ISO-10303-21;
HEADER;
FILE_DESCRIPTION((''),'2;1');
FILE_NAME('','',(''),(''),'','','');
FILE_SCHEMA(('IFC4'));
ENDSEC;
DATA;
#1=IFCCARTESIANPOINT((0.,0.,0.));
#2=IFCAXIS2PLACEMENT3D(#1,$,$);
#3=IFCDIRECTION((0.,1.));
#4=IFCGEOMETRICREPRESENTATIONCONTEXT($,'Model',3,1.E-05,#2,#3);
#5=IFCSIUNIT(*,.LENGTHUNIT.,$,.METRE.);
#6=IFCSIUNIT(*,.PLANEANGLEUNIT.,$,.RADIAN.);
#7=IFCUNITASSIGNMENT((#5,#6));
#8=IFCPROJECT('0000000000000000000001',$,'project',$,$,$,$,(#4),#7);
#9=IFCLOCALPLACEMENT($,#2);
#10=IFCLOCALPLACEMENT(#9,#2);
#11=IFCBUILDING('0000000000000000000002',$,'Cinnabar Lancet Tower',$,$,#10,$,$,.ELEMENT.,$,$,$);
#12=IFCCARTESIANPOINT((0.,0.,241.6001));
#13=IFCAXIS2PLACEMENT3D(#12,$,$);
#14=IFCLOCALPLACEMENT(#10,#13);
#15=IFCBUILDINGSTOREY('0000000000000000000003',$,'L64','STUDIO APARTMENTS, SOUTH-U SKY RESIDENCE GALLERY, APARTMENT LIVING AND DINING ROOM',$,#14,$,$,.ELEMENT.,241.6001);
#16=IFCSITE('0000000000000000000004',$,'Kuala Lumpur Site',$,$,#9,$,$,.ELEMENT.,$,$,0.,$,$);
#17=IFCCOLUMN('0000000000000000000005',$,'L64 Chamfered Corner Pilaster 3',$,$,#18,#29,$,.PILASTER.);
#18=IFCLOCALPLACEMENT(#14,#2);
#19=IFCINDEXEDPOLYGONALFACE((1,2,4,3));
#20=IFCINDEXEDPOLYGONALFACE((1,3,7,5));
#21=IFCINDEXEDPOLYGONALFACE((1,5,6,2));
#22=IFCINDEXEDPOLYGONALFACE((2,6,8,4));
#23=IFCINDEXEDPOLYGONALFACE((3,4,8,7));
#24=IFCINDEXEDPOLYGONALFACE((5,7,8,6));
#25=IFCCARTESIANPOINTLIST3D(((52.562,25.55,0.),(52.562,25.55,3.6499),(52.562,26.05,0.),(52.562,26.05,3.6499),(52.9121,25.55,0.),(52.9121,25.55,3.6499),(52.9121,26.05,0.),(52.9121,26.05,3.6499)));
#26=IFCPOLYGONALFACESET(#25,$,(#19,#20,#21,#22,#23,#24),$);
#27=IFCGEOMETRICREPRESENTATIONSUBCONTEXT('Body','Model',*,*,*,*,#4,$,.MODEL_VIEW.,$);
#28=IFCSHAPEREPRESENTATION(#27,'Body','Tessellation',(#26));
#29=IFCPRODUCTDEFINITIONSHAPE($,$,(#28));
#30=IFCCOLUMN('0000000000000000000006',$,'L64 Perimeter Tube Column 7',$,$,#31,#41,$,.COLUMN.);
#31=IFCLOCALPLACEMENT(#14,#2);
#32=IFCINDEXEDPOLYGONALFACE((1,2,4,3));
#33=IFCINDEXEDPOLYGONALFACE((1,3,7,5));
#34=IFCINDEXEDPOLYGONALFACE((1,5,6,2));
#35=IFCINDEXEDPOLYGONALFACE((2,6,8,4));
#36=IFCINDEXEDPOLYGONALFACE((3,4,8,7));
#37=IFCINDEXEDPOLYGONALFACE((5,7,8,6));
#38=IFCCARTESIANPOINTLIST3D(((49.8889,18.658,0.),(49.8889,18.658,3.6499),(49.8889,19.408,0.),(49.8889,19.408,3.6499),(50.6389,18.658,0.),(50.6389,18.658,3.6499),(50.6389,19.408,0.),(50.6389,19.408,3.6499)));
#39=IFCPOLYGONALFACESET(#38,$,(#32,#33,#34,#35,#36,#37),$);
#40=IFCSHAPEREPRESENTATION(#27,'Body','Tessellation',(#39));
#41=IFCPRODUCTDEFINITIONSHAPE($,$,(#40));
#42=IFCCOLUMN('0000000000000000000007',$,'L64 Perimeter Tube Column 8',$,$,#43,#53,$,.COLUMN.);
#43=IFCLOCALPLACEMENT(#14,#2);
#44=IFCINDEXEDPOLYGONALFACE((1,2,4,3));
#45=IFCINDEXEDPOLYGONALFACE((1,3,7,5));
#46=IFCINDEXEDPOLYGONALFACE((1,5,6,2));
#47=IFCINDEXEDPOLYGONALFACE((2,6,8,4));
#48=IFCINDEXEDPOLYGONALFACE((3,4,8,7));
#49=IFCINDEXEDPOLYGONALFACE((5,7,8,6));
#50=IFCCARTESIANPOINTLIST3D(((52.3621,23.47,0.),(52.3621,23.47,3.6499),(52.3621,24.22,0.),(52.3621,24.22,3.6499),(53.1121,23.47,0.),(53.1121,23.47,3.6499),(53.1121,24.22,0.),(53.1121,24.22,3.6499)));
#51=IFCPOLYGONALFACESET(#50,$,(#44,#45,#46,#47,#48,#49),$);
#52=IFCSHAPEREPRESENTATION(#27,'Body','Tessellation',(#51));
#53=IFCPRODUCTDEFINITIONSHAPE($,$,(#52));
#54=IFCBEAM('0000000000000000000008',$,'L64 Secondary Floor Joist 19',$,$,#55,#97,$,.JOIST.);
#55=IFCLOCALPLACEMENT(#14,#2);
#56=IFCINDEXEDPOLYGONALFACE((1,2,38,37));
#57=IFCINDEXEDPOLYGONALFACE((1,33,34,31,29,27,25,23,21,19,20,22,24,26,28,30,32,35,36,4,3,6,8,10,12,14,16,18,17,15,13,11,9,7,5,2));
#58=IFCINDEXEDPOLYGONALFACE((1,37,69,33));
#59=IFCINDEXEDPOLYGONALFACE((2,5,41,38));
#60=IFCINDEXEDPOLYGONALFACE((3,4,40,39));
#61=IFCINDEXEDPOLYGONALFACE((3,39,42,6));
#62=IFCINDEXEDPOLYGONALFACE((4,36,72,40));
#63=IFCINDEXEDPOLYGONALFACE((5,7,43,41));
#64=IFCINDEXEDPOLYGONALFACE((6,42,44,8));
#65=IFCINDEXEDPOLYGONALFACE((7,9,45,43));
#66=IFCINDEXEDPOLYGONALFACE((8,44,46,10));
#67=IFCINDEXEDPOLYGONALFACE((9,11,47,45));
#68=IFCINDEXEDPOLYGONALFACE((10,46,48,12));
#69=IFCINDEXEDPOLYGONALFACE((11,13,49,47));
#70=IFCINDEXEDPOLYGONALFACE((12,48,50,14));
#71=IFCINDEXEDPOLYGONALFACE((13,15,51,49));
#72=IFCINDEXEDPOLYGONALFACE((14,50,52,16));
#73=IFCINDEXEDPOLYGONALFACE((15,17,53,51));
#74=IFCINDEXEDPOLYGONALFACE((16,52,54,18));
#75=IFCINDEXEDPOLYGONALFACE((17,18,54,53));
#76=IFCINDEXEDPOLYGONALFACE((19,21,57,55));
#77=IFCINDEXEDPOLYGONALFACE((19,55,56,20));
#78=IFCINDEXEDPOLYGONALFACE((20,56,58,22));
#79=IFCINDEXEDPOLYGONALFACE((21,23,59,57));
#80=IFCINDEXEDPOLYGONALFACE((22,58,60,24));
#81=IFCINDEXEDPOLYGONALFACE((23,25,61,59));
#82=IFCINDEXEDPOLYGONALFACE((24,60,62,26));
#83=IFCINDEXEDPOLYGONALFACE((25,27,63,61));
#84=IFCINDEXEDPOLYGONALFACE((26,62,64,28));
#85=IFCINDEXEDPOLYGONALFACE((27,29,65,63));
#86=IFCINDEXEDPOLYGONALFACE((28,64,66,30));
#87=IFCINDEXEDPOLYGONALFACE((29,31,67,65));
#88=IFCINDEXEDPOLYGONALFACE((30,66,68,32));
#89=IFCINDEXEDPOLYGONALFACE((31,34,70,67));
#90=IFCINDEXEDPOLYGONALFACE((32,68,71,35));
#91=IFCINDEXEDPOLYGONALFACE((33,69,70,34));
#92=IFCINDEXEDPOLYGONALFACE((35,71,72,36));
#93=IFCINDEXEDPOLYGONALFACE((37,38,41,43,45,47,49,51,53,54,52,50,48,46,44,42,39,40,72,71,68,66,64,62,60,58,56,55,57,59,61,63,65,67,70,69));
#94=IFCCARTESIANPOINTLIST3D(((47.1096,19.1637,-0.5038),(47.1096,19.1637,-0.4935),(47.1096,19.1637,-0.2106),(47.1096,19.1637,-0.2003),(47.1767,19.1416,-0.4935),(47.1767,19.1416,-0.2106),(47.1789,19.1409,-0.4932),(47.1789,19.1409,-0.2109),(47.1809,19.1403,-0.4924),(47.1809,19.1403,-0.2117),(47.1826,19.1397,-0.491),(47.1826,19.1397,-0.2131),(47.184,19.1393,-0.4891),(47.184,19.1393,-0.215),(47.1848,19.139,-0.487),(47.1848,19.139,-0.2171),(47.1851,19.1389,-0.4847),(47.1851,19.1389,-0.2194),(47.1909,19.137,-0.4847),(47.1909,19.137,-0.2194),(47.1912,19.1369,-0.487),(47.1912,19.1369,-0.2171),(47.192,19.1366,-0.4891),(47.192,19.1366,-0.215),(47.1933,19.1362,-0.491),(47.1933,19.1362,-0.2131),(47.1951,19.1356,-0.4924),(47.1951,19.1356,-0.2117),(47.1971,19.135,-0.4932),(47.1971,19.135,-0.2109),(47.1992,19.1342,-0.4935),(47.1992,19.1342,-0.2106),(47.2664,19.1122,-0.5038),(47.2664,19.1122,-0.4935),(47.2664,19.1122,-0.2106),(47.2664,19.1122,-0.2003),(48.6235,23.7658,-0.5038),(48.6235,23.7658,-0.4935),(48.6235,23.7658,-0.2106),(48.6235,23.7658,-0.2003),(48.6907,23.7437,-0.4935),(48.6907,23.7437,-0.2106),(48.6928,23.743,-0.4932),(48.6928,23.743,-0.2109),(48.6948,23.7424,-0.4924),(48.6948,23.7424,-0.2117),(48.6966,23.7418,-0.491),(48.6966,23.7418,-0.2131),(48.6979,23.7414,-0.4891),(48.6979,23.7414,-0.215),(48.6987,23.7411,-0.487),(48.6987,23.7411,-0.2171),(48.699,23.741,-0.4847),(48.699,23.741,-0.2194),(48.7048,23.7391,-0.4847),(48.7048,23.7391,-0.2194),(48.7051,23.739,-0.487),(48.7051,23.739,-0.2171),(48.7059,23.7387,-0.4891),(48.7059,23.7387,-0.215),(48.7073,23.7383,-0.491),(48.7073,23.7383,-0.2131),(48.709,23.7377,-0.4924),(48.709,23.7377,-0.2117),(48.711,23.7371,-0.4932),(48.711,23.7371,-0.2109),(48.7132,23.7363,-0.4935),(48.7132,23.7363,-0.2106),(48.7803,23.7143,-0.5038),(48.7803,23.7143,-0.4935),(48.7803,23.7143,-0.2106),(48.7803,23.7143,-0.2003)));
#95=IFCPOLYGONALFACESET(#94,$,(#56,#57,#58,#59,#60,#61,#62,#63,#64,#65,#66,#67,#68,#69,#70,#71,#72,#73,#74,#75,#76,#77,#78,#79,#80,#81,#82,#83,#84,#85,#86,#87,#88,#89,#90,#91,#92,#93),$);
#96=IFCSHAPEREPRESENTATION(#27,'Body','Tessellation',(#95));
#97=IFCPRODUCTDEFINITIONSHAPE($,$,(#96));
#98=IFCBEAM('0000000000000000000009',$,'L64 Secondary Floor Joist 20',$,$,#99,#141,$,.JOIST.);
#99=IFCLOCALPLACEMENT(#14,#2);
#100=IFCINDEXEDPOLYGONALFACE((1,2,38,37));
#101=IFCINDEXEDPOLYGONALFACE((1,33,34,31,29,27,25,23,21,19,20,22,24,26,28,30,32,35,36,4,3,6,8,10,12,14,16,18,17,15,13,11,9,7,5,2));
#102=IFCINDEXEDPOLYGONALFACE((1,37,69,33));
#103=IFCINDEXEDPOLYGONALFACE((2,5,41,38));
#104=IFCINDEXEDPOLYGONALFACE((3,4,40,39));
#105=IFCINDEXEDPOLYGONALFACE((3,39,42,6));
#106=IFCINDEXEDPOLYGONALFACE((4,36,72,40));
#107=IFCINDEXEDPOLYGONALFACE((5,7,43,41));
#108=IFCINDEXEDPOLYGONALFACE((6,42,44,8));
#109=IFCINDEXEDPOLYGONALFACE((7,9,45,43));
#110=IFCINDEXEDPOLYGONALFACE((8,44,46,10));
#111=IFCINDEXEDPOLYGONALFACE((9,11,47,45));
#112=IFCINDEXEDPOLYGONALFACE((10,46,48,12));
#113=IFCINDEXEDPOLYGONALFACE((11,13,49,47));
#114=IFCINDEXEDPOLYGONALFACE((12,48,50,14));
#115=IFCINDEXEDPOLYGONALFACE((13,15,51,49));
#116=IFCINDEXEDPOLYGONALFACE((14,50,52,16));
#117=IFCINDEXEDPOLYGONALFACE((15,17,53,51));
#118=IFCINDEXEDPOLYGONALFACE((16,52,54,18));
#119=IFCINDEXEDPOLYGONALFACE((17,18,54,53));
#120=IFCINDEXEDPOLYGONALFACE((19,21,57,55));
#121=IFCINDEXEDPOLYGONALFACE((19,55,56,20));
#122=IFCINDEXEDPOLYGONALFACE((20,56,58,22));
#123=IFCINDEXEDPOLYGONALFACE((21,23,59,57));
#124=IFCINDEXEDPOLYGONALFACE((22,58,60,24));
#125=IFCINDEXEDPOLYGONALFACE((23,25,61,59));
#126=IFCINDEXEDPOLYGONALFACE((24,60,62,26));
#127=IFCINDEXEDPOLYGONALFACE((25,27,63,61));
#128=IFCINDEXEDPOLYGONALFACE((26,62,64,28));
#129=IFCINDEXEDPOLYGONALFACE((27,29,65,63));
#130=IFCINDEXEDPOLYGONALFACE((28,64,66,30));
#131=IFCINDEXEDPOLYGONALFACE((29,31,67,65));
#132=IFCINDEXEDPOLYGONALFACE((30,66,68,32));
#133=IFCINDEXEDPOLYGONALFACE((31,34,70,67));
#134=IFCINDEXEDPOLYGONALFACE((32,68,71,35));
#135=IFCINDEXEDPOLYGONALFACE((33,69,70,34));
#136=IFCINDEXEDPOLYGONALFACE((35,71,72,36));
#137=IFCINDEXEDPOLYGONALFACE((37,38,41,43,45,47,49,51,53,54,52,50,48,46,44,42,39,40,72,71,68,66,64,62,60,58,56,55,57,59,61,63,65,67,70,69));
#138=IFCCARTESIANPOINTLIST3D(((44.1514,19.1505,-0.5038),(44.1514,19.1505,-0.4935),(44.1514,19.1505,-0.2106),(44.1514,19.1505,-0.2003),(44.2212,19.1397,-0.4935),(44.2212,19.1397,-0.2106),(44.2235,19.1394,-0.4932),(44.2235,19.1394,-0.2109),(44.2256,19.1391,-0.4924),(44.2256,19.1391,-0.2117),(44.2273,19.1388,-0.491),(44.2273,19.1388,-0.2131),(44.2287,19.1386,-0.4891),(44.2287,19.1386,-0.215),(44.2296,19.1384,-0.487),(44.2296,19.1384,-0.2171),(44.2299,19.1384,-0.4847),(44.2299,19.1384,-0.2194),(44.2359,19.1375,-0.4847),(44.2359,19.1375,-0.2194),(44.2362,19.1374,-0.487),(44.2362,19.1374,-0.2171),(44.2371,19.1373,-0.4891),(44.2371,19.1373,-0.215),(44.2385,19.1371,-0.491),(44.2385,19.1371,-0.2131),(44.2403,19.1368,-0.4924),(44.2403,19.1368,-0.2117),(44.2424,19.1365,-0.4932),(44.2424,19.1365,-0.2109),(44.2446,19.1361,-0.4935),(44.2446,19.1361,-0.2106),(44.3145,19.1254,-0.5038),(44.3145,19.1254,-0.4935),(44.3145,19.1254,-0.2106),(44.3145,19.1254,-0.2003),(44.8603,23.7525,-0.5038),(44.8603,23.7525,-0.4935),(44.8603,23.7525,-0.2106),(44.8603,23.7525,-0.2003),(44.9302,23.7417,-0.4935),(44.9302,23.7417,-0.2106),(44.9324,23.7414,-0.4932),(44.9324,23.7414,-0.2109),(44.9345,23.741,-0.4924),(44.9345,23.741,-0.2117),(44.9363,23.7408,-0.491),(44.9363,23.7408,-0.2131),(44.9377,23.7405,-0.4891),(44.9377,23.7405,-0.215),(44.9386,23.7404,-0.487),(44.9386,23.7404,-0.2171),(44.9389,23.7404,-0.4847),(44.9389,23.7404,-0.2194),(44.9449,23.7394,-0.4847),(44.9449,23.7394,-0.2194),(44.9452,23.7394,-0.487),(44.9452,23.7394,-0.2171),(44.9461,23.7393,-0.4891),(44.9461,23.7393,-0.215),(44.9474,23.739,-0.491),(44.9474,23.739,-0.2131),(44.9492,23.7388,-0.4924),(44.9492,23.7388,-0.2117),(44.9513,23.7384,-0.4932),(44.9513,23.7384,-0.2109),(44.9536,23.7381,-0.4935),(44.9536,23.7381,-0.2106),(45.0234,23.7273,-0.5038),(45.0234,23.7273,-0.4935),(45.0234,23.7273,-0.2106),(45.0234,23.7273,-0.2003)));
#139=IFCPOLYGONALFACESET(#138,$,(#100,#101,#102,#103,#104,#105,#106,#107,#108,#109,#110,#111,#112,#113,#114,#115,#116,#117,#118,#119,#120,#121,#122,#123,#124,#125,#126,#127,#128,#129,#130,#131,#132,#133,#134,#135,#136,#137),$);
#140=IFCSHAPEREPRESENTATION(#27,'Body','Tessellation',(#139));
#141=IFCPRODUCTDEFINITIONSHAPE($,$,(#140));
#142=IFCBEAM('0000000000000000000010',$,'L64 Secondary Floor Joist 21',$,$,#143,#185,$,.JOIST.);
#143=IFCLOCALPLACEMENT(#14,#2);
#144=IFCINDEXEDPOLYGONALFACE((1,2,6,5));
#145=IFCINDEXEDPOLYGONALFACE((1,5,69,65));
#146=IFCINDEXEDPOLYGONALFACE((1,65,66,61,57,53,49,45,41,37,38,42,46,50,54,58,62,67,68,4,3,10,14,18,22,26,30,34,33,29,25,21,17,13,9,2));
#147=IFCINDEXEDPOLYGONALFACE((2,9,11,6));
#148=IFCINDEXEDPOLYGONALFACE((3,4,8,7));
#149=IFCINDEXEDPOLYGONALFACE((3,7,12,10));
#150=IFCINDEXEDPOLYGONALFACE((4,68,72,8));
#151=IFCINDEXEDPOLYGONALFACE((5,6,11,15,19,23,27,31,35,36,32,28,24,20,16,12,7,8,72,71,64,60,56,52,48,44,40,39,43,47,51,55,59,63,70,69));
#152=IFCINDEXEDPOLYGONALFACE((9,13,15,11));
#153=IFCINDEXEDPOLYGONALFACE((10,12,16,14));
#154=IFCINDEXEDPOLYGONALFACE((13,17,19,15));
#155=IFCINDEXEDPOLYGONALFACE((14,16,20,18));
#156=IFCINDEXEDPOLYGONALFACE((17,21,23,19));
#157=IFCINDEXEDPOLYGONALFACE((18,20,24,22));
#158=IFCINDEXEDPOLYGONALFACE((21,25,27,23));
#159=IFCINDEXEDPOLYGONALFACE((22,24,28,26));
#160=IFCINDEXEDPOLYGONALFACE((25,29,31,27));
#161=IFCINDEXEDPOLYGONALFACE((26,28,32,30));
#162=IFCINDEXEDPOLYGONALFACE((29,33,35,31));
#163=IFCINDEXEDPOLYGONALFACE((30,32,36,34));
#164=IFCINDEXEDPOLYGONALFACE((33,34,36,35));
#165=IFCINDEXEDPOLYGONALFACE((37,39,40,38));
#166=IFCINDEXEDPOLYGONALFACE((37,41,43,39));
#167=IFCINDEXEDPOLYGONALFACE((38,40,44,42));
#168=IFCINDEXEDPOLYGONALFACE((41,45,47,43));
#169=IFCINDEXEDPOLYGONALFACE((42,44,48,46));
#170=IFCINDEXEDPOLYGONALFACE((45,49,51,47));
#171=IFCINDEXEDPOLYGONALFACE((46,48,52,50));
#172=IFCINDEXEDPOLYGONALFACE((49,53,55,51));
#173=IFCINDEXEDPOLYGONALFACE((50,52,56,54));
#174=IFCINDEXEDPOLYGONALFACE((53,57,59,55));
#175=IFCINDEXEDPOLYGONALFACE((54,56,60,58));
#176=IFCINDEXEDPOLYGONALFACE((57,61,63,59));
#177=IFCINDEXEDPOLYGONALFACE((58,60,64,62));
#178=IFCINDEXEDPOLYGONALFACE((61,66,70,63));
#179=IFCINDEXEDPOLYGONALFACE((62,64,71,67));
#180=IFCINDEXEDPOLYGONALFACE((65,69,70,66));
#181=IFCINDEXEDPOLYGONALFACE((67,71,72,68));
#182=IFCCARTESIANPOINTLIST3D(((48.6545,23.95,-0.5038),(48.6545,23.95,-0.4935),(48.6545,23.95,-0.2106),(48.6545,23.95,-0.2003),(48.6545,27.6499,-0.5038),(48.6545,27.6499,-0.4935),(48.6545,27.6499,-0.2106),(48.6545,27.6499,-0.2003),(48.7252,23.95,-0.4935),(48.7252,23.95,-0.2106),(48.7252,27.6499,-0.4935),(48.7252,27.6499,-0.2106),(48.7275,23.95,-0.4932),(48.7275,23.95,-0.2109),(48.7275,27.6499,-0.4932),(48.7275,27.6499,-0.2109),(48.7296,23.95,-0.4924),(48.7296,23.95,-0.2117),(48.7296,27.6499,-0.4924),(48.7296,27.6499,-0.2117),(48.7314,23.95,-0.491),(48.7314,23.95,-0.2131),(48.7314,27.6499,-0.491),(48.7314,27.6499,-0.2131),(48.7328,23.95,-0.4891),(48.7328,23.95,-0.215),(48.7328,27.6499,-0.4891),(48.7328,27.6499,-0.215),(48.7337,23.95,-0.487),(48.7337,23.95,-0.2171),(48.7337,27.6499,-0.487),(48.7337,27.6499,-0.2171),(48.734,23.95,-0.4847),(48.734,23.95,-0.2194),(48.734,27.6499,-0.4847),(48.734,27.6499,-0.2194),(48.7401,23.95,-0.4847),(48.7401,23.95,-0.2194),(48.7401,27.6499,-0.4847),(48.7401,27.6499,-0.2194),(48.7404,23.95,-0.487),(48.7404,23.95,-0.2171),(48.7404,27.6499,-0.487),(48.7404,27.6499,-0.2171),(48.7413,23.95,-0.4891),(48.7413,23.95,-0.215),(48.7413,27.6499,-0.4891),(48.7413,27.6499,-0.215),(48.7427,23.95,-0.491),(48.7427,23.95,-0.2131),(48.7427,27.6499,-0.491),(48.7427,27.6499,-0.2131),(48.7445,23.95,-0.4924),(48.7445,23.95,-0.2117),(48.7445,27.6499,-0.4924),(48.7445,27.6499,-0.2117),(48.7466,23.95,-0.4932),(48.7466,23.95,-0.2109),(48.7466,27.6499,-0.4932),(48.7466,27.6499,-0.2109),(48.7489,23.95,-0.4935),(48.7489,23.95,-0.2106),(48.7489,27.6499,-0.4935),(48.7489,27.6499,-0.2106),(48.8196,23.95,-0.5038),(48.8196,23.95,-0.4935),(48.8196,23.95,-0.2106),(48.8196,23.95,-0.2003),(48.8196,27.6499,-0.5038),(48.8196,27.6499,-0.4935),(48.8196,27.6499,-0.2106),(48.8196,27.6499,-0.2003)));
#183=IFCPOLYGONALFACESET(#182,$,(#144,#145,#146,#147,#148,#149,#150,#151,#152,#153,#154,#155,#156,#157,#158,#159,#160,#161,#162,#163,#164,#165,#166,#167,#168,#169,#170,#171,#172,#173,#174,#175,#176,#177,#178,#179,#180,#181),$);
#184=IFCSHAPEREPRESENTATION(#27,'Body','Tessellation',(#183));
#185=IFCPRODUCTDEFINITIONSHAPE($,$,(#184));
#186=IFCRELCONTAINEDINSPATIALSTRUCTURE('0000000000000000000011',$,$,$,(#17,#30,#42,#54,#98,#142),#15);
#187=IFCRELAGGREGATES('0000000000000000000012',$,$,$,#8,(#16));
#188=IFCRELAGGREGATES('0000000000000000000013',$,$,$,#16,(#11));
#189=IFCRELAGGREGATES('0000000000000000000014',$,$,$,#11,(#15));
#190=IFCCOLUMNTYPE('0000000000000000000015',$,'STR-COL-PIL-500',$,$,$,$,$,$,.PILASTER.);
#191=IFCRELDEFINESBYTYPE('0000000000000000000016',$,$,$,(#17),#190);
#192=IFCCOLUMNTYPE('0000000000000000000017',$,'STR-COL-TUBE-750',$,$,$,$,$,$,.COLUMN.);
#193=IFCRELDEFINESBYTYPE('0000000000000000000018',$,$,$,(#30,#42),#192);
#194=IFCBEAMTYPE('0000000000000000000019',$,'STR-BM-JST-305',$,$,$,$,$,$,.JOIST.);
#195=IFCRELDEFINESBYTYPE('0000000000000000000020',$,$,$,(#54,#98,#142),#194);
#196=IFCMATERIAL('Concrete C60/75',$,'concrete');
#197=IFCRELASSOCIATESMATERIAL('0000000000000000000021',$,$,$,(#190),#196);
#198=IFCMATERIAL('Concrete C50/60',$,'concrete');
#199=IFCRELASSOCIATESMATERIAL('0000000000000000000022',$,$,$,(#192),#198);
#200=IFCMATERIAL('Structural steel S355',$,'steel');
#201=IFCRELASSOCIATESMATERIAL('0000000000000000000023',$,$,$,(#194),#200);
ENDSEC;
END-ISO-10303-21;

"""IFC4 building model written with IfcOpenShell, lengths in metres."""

from ifc_helpers import new_model, si_unit, direction, frame, origin, origin_2d, place, context, subcontext, project, spatial, rectangle, i_section, extrude, material, material_profile, profile_set, type_object, element, save


model = new_model("IFC4")

# Units and contexts
model_context = context("Model", 3, precision=1e-05, world=origin(), true_north=direction((0.0, 1.0)))
body_context = subcontext(model_context, "Body", "Model", "MODEL_VIEW")
ifc_project = project(units=[si_unit("LENGTHUNIT", "METRE"), si_unit("PLANEANGLEUNIT", "RADIAN")], contexts=[model_context])

# Site, building, storey
site_placement = place(None, origin())
site = spatial("IfcSite", under=ifc_project, at=site_placement, Name="Kuala Lumpur Site", CompositionType="ELEMENT", RefElevation=0.0)
building_placement = place(site_placement, origin())
building = spatial("IfcBuilding", under=site, at=building_placement, Name="Cinnabar Lancet Tower", CompositionType="ELEMENT")
storey_placement = place(building_placement, frame((0.0, 0.0, 241.6001)))
storey = spatial("IfcBuildingStorey", under=building, at=storey_placement, Name="L64", Description="STUDIO APARTMENTS, SOUTH-U SKY RESIDENCE GALLERY, APARTMENT LIVING AND DINING ROOM", CompositionType="ELEMENT", Elevation=241.6001)

# Columns
ifc_material_1 = material(Name="Concrete C60/75", Category="concrete")
ifc_material_profile_1 = material_profile(ifc_material_1, rectangle(XDim=0.5, YDim=0.3501, at=origin_2d()), Name="RC-PIL 500x350")
ifc_profile_set_1 = profile_set([ifc_material_profile_1], Name="Concrete C60/75")
column_type_1 = type_object("IfcColumnType", Name="STR-COL-PIL-500", PredefinedType="PILASTER", material=ifc_profile_set_1)
column_placement = place(storey_placement, frame((52.7371, 25.8, 0.0), z_axis=(0.0, 0.0, 1.0), x_axis=(0.0, 1.0, 0.0)))
element("IfcColumn", 1, at=column_placement, inside=storey, type_object=column_type_1, Name="L64 Chamfered Corner Pilaster 3", PredefinedType="PILASTER", context=body_context, shape_type="SweptSolid", body=[
    extrude(rectangle(XDim=0.5, YDim=0.3501, at=origin_2d()), origin(), (0.0, 0.0, 1.0), 3.6499),
])
ifc_material_2 = material(Name="Concrete C50/60", Category="concrete")
ifc_material_profile_2 = material_profile(ifc_material_2, rectangle(XDim=0.75, YDim=0.75, at=origin_2d()), Name="RC-COL 750x750")
ifc_profile_set_2 = profile_set([ifc_material_profile_2], Name="Concrete C50/60")
column_type_2 = type_object("IfcColumnType", Name="STR-COL-TUBE-750", PredefinedType="COLUMN", material=ifc_profile_set_2)
for number, where, z_axis, x_axis, name in (
    (2, (50.2639, 19.033, 0.0), (0.0, 0.0, 1.0), (1.0, 0.0, 0.0), "L64 Perimeter Tube Column 7"),
    (3, (52.7371, 23.845, 0.0), (0.0, 0.0, 1.0), (1.0, 0.0, 0.0), "L64 Perimeter Tube Column 8"),
):
    element("IfcColumn", number, at=place(storey_placement, frame(where, z_axis=z_axis, x_axis=x_axis)), inside=storey, type_object=column_type_2, Name=name, PredefinedType="COLUMN", context=body_context, shape_type="SweptSolid", body=[
        extrude(rectangle(XDim=0.75, YDim=0.75, at=origin_2d()), origin(), (0.0, 0.0, 1.0), 3.6499),
    ])

# Beams
ifc_material_3 = material(Name="Structural steel S355", Category="steel")
ifc_material_profile_3 = material_profile(ifc_material_3, i_section(OverallWidth=0.165, OverallDepth=0.3035, WebThickness=0.0061, FlangeThickness=0.0103, FilletRadius=0.0088, at=origin_2d()), Name="UKB 305x165x40")
ifc_profile_set_3 = profile_set([ifc_material_profile_3], Name="Structural steel S355")
beam_type_1 = type_object("IfcBeamType", Name="STR-BM-JST-305", PredefinedType="JOIST", material=ifc_profile_set_3)
beam_1_placement = place(storey_placement, frame((47.188, 19.1379, -0.3521), z_axis=(0.312491, 0.949921, 0.0), x_axis=(-0.949921, 0.312491, 0.0)))
element("IfcBeam", 4, at=beam_1_placement, inside=storey, type_object=beam_type_1, Name="L64 Secondary Floor Joist 19", PredefinedType="JOIST", context=body_context, shape_type="SweptSolid", body=[
    extrude(i_section(OverallWidth=0.165, OverallDepth=0.3035, WebThickness=0.0061, FlangeThickness=0.0103, FilletRadius=0.0088, at=origin_2d()), origin(), (0.0, 0.0, 1.0), 4.8447),
])
beam_2_placement = place(storey_placement, frame((44.2329, 19.1379, -0.3521), z_axis=(0.152262, 0.98834, 0.0), x_axis=(-0.98834, 0.152262, 0.0)))
element("IfcBeam", 5, at=beam_2_placement, inside=storey, type_object=beam_type_1, Name="L64 Secondary Floor Joist 20", PredefinedType="JOIST", context=body_context, shape_type="SweptSolid", body=[
    extrude(i_section(OverallWidth=0.165, OverallDepth=0.3035, WebThickness=0.0061, FlangeThickness=0.0103, FilletRadius=0.0088, at=origin_2d()), origin(), (0.0, 0.0, 1.0), 4.6562),
])
for number, where, z_axis, x_axis, name in (
    (6, (48.7371, 23.95, -0.3521), (0.0, 1.0, 0.0), (-1.0, 0.0, 0.0), "L64 Secondary Floor Joist 21"),
):
    element("IfcBeam", number, at=place(storey_placement, frame(where, z_axis=z_axis, x_axis=x_axis)), inside=storey, type_object=beam_type_1, Name=name, PredefinedType="JOIST", context=body_context, shape_type="SweptSolid", body=[
        extrude(i_section(OverallWidth=0.165, OverallDepth=0.3035, WebThickness=0.0061, FlangeThickness=0.0103, FilletRadius=0.0088, at=origin_2d()), origin(), (0.0, 0.0, 1.0), 3.7),
    ])

save(model, "model.ifc")
